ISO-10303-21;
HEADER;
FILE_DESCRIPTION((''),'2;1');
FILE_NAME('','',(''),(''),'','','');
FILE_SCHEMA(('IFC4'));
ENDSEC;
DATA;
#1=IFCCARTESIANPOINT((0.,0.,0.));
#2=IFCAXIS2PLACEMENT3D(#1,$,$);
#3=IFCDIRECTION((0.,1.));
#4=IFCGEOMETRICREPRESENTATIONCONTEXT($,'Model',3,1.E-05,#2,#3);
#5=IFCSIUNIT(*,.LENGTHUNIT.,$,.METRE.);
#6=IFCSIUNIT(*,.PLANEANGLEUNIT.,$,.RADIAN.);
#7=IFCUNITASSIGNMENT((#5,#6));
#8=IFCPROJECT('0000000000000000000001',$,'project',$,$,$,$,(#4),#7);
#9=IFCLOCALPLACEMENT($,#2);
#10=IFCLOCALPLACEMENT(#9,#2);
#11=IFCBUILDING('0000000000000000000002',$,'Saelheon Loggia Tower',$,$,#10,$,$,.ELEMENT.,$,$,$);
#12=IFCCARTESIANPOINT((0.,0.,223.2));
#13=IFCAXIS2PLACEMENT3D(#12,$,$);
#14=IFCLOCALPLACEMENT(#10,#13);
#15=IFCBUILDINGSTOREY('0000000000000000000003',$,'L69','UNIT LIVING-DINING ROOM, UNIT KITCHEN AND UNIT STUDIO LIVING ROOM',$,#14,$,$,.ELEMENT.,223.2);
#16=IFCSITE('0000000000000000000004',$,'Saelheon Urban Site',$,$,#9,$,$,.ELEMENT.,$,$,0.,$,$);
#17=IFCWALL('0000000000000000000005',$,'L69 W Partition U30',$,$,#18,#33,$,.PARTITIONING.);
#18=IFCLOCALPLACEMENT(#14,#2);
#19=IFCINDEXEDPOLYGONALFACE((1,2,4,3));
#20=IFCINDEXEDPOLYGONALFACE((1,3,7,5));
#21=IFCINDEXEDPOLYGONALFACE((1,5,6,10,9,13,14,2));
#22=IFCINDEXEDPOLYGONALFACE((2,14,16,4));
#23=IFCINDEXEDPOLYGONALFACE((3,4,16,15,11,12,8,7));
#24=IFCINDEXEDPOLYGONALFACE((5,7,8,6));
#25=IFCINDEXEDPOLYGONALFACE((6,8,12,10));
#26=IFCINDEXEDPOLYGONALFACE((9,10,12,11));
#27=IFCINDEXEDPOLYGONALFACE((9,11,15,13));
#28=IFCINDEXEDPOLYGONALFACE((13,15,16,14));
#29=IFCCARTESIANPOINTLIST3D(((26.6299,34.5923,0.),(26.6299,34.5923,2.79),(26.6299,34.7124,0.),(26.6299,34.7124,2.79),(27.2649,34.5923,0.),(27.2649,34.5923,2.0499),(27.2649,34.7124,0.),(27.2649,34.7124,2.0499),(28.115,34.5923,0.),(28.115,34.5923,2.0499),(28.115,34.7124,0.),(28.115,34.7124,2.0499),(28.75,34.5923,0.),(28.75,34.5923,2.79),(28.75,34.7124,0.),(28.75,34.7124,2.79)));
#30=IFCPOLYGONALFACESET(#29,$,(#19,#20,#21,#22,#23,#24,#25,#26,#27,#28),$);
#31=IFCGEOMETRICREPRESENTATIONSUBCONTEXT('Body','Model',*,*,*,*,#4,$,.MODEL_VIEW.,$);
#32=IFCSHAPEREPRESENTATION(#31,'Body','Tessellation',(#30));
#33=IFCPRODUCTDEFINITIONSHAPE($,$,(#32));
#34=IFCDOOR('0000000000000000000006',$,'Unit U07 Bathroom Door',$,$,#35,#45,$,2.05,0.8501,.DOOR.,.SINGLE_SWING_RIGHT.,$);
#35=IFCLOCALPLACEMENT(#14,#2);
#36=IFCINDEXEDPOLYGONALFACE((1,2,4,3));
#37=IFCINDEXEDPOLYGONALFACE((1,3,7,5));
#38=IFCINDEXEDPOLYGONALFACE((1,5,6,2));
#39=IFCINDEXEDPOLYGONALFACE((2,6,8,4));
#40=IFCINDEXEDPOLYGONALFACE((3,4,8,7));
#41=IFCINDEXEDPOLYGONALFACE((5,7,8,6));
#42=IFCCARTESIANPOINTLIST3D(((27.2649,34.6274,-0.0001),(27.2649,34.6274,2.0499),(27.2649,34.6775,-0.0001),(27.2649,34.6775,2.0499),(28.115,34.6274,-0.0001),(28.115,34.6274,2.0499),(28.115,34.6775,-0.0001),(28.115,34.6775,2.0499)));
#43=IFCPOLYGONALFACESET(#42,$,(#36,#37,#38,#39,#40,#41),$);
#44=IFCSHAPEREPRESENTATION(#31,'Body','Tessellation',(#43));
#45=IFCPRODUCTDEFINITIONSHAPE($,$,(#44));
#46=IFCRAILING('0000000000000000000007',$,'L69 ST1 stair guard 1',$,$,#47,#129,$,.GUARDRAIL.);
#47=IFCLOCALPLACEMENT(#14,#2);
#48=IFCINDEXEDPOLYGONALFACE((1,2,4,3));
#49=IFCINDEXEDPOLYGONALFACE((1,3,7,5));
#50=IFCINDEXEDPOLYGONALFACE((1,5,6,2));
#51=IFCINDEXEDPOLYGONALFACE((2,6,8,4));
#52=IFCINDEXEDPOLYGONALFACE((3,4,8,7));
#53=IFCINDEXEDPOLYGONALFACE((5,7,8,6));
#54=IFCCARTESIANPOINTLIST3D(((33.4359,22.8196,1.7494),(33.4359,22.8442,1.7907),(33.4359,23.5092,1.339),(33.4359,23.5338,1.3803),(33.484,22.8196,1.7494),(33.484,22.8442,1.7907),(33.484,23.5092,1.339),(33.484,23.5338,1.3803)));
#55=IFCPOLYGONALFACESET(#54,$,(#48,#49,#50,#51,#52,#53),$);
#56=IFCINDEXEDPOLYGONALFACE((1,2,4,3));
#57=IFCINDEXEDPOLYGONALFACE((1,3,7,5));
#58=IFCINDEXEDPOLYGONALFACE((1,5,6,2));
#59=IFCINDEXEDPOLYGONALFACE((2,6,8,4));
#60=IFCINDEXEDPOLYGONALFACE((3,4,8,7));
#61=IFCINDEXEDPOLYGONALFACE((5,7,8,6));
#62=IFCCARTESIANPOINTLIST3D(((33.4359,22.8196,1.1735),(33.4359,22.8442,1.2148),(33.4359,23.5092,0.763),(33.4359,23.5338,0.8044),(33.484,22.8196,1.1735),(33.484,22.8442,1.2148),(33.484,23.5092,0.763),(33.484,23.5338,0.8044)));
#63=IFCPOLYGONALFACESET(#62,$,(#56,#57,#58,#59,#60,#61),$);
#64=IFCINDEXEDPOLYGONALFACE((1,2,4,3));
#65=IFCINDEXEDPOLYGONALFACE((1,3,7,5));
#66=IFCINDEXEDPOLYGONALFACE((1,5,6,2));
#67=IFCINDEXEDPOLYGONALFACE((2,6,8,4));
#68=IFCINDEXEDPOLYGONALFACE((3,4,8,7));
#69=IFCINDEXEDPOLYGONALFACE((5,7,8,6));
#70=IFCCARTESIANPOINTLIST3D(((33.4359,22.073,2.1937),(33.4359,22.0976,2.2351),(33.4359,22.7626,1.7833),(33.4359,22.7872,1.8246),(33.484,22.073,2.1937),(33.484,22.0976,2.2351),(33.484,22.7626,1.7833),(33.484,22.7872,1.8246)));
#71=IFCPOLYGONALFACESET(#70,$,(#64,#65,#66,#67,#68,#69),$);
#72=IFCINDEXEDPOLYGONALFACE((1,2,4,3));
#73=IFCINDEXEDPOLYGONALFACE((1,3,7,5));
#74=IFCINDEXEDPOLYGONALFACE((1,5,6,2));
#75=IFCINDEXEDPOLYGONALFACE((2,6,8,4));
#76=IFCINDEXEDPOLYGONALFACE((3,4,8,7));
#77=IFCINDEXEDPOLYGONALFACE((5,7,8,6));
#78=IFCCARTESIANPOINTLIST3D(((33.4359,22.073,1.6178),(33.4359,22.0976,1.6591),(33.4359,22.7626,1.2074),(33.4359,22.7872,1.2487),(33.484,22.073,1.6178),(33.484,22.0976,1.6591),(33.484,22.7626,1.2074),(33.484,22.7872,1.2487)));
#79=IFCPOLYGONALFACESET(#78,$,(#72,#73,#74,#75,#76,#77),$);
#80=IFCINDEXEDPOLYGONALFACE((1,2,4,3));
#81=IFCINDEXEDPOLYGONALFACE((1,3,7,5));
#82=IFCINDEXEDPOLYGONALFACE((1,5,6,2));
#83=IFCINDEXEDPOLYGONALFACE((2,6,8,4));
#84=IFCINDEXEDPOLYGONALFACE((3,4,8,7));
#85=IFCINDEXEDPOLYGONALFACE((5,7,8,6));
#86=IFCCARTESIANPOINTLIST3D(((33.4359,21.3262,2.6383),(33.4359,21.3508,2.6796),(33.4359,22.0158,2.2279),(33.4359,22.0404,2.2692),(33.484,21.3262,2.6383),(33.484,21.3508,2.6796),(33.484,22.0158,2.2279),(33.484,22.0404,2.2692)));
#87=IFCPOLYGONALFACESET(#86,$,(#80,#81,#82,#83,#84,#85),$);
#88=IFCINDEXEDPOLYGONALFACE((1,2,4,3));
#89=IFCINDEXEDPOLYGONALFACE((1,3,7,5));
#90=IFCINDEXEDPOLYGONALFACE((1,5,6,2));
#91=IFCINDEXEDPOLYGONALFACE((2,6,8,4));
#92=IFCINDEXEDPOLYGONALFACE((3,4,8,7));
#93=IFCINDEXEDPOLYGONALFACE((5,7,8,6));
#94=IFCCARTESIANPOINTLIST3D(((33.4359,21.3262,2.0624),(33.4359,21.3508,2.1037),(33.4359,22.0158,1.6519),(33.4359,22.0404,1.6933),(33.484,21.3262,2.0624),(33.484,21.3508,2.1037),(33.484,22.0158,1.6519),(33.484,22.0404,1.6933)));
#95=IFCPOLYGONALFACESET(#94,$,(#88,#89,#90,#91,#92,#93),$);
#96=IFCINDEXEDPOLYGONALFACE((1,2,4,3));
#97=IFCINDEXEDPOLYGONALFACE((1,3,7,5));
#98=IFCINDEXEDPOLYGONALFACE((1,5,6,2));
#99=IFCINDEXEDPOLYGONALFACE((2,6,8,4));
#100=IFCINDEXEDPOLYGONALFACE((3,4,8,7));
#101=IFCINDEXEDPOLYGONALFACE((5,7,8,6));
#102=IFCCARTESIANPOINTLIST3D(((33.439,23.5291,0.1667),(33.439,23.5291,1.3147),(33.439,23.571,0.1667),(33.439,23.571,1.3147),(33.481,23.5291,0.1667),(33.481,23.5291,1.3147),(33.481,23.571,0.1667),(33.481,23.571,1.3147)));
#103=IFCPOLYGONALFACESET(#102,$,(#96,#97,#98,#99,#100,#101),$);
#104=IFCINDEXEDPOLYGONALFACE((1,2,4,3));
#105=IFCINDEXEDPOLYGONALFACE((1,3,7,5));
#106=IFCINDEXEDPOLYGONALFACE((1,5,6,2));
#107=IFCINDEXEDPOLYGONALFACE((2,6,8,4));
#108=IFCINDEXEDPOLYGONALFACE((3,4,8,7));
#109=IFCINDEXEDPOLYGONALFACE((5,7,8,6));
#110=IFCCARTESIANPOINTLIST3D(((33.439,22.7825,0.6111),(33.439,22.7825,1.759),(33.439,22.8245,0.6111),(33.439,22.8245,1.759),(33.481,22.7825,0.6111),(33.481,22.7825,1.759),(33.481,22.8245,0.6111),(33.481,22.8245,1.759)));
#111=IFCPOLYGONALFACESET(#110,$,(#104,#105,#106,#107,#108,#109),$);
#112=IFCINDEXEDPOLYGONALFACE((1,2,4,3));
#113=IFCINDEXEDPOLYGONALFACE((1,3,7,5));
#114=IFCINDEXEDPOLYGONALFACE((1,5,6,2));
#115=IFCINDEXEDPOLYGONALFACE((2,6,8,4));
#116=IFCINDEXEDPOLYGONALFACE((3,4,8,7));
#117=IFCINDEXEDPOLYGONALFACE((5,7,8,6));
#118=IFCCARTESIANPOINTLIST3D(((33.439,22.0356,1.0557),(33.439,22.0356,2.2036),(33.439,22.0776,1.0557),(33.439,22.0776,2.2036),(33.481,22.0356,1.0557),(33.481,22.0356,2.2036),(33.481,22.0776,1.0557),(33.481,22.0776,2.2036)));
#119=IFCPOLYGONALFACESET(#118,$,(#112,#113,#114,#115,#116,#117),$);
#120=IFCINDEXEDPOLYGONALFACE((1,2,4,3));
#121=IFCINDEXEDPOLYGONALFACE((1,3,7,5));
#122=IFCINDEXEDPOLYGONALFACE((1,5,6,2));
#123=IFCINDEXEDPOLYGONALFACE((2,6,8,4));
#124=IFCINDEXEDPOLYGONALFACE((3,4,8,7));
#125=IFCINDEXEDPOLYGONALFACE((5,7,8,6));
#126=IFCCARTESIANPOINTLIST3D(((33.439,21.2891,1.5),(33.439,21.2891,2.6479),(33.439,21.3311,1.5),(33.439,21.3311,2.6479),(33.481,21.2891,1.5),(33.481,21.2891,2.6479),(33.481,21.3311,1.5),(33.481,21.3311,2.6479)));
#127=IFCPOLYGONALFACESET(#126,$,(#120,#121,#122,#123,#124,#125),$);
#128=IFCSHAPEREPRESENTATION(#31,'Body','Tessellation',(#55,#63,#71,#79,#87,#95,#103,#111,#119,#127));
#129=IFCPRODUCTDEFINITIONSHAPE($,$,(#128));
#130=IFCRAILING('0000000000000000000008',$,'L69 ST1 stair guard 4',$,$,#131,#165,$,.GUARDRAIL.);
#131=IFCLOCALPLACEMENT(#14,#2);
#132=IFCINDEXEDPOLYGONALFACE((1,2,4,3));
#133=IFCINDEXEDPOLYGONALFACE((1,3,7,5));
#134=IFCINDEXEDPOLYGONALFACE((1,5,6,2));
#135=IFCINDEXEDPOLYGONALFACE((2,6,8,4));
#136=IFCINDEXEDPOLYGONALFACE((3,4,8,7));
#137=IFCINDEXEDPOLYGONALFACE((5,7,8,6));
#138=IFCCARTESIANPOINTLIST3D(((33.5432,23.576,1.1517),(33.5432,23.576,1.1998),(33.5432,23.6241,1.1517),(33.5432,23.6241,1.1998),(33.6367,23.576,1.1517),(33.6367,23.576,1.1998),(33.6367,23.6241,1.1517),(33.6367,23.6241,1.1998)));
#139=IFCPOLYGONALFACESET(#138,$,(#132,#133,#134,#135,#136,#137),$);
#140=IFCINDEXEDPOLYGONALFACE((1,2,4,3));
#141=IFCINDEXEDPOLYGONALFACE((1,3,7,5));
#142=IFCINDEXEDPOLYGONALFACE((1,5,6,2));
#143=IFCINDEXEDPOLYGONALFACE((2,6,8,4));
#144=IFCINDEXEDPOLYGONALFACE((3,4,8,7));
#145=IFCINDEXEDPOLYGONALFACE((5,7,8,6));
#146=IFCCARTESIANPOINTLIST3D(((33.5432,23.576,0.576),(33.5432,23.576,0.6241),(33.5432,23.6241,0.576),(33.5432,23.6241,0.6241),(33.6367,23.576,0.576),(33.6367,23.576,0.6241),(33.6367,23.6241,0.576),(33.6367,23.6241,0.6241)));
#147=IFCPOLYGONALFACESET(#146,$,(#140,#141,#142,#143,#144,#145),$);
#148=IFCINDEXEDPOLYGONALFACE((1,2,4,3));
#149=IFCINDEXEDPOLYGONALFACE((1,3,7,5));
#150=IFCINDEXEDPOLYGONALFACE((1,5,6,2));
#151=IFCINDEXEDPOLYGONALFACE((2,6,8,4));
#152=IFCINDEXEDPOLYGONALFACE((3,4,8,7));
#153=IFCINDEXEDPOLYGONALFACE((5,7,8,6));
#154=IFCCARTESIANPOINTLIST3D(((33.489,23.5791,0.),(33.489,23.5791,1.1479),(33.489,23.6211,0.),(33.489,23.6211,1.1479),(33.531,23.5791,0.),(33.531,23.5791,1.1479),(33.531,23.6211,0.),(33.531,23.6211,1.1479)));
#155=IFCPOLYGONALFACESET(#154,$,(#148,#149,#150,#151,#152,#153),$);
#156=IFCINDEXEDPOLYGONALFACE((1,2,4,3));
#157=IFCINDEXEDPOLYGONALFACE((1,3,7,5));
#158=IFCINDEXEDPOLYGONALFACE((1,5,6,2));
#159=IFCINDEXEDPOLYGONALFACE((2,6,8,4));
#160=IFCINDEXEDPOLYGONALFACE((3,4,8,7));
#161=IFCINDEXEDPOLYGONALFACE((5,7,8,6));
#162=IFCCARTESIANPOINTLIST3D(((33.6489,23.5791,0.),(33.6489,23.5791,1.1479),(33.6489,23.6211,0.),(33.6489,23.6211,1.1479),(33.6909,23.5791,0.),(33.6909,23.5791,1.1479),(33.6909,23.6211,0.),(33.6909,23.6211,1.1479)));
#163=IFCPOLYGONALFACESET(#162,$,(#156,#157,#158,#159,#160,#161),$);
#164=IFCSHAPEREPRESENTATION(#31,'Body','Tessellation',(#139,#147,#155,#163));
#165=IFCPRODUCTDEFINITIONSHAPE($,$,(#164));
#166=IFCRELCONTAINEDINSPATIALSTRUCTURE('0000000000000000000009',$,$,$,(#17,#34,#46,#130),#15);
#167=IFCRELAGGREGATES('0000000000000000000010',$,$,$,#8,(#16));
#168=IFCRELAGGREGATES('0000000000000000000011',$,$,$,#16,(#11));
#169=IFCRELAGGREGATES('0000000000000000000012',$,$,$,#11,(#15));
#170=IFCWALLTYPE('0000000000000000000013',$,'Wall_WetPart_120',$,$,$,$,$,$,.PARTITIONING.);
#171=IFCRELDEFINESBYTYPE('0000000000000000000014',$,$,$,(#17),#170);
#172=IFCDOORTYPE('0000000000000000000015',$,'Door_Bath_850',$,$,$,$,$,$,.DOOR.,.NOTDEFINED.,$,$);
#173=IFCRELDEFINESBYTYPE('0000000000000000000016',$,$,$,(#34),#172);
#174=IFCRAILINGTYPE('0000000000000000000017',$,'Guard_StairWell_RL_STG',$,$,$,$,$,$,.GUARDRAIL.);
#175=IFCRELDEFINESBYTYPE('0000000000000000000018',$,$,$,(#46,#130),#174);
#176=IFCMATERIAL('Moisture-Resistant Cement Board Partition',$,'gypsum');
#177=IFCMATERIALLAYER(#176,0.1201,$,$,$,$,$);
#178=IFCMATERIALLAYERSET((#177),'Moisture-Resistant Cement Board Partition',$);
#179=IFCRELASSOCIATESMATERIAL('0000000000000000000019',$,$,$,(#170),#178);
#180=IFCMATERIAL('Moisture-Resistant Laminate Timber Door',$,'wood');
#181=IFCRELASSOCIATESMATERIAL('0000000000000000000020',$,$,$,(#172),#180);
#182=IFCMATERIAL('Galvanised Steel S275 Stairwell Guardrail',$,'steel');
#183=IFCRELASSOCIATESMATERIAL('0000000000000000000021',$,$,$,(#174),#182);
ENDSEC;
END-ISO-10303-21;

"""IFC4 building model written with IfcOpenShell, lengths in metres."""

from ifc_helpers import new_model, si_unit, direction, frame, frame_2d, origin, origin_2d, place, context, subcontext, project, spatial, rectangle, extrude, source, transform, mapped, material, layer, layer_set, type_object, element, fill, save


model = new_model("IFC4")

# Units and contexts
model_context = context("Model", 3, precision=1e-05, world=origin(), true_north=direction((0.0, 1.0)))
body_context = subcontext(model_context, "Body", "Model", "MODEL_VIEW")
ifc_project = project(units=[si_unit("LENGTHUNIT", "METRE"), si_unit("PLANEANGLEUNIT", "RADIAN")], contexts=[model_context])

# Site, building, storey
site_placement = place(None, origin())
site = spatial("IfcSite", under=ifc_project, at=site_placement, Name="Saelheon Urban Site", CompositionType="ELEMENT", RefElevation=0.0)
building_placement = place(site_placement, origin())
building = spatial("IfcBuilding", under=site, at=building_placement, Name="Saelheon Loggia Tower", CompositionType="ELEMENT")
storey_placement = place(building_placement, frame((0.0, 0.0, 223.2)))
storey = spatial("IfcBuildingStorey", under=building, at=storey_placement, Name="L69", Description="UNIT LIVING-DINING ROOM, UNIT KITCHEN AND UNIT STUDIO LIVING ROOM", CompositionType="ELEMENT", Elevation=223.2)

# Wall, opening, door
ifc_material_1 = material(Name="Moisture-Resistant Cement Board Partition", Category="gypsum")
ifc_layer_1 = layer(ifc_material_1, 0.1201)
ifc_layer_set_1 = layer_set([ifc_layer_1], Name="Moisture-Resistant Cement Board Partition")
wall_type_1 = type_object("IfcWallType", Name="Wall_WetPart_120", PredefinedType="PARTITIONING", material=ifc_layer_set_1)
wall_1_placement = place(storey_placement, frame((28.75, 34.6523, 0.0), z_axis=(0.0, 0.0, 1.0), x_axis=(-1.0, 0.0, 0.0)))
wall_1 = element("IfcWall", 1, at=wall_1_placement, inside=storey, type_object=wall_type_1, Name="L69 W Partition U30", PredefinedType="PARTITIONING", context=body_context, shape_type="SweptSolid", body=[
    extrude(rectangle(XDim=2.1201, YDim=0.1201, at=frame_2d((1.0601, 0.0))), origin(), (0.0, 0.0, 1.0), 2.79),
])
opening_1_placement = place(wall_1_placement, frame((0.635, 0.0, 0.0)))
opening_1 = element("IfcOpeningElement", 2, at=opening_1_placement, cuts=wall_1, PredefinedType="OPENING", context=body_context, shape_type="SweptSolid", body=[
    extrude(rectangle(XDim=0.8501, YDim=2.05, at=frame_2d((0.425, 1.0249))), frame((0.0, 0.072, 0.0), z_axis=(0.0, -1.0, 0.0), x_axis=(1.0, 0.0, 0.0)), (0.0, 0.0, 1.0), 0.144),
])
ifc_material_2 = material(Name="Moisture-Resistant Laminate Timber Door", Category="wood")
door_type_1 = type_object("IfcDoorType", Name="Door_Bath_850", OperationType="NOTDEFINED", PredefinedType="DOOR", material=ifc_material_2)
shared_shape_1 = source(origin(), body_context, "Body", "SweptSolid", [
    extrude(rectangle(XDim=0.8501, YDim=2.05, at=frame_2d((0.425, 1.0249))), frame((0.0, 0.0249, 0.0), z_axis=(0.0, -1.0, 0.0), x_axis=(1.0, 0.0, 0.0)), (0.0, 0.0, 1.0), 0.05),
])
door_1_placement = place(opening_1_placement, origin())
door_1 = element("IfcDoor", 3, at=door_1_placement, inside=storey, type_object=door_type_1, Name="Unit U07 Bathroom Door", OperationType="SINGLE_SWING_RIGHT", OverallHeight=2.05, OverallWidth=0.8501, PredefinedType="DOOR", context=body_context, shape_type="MappedRepresentation", body=[
    mapped(shared_shape_1, transform((0.0, 0.0, 0.0), scale=1.0)),
])
fill(opening_1, door_1)

# Railings
ifc_material_3 = material(Name="Galvanised Steel S275 Stairwell Guardrail", Category="steel")
railing_type_1 = type_object("IfcRailingType", Name="Guard_StairWell_RL_STG", PredefinedType="GUARDRAIL", material=ifc_material_3)
railing_1_placement = place(storey_placement, frame((33.46, 23.55, 0.1667)))
element("IfcRailing", 4, at=railing_1_placement, inside=storey, type_object=railing_type_1, Name="L69 ST1 stair guard 1", PredefinedType="GUARDRAIL", context=body_context, shape_type="SweptSolid", body=[
    extrude(rectangle(XDim=0.0481, YDim=0.0481, at=origin_2d()), frame((0.0, -0.0286, 1.1929), z_axis=(0.0, -0.859306, 0.511462), x_axis=(1.0, 0.0, 0.0)), (0.0, 0.0, 1.0), 0.8025),
    extrude(rectangle(XDim=0.0481, YDim=0.0481, at=origin_2d()), frame((0.0, -0.0286, 0.6169), z_axis=(0.0, -0.859306, 0.511462), x_axis=(1.0, 0.0, 0.0)), (0.0, 0.0, 1.0), 0.8025),
    extrude(rectangle(XDim=0.0481, YDim=0.0481, at=origin_2d()), frame((0.0, -0.7751, 1.6372), z_axis=(0.0, -0.859306, 0.511462), x_axis=(1.0, 0.0, 0.0)), (0.0, 0.0, 1.0), 0.8025),
    extrude(rectangle(XDim=0.0481, YDim=0.0481, at=origin_2d()), frame((0.0, -0.7751, 1.0613), z_axis=(0.0, -0.859306, 0.511462), x_axis=(1.0, 0.0, 0.0)), (0.0, 0.0, 1.0), 0.8025),
    extrude(rectangle(XDim=0.0481, YDim=0.0481, at=origin_2d()), frame((0.0, -1.522, 2.0818), z_axis=(0.0, -0.859306, 0.511462), x_axis=(1.0, 0.0, 0.0)), (0.0, 0.0, 1.0), 0.8025),
    extrude(rectangle(XDim=0.0481, YDim=0.0481, at=origin_2d()), frame((0.0, -1.522, 1.5059), z_axis=(0.0, -0.859306, 0.511462), x_axis=(1.0, 0.0, 0.0)), (0.0, 0.0, 1.0), 0.8025),
    extrude(rectangle(XDim=0.042, YDim=0.042, at=origin_2d()), origin(), (0.0, 0.0, 1.0), 1.1479),
    extrude(rectangle(XDim=0.042, YDim=0.042, at=origin_2d()), frame((0.0, -0.7466, 0.4443)), (0.0, 0.0, 1.0), 1.1479),
    extrude(rectangle(XDim=0.042, YDim=0.042, at=origin_2d()), frame((0.0, -1.4934, 0.8889)), (0.0, 0.0, 1.0), 1.1479),
    extrude(rectangle(XDim=0.042, YDim=0.042, at=origin_2d()), frame((0.0, -2.24, 1.3333)), (0.0, 0.0, 1.0), 1.1479),
])
railing_2_placement = place(storey_placement, frame((33.51, 23.6001, 0.0)))
element("IfcRailing", 5, at=railing_2_placement, inside=storey, type_object=railing_type_1, Name="L69 ST1 stair guard 4", PredefinedType="GUARDRAIL", context=body_context, shape_type="SweptSolid", body=[
    extrude(rectangle(XDim=0.0481, YDim=0.0481, at=origin_2d()), frame((0.0332, 0.0, 1.1758), z_axis=(1.0, 0.0, 0.0), x_axis=(0.0, 1.0, 0.0)), (0.0, 0.0, 1.0), 0.0935),
    extrude(rectangle(XDim=0.0481, YDim=0.0481, at=origin_2d()), frame((0.0332, 0.0, 0.6001), z_axis=(1.0, 0.0, 0.0), x_axis=(0.0, 1.0, 0.0)), (0.0, 0.0, 1.0), 0.0935),
    extrude(rectangle(XDim=0.042, YDim=0.042, at=origin_2d()), origin(), (0.0, 0.0, 1.0), 1.1479),
    extrude(rectangle(XDim=0.042, YDim=0.042, at=origin_2d()), frame((0.1599, 0.0, 0.0)), (0.0, 0.0, 1.0), 1.1479),
])

save(model, "model.ifc")
